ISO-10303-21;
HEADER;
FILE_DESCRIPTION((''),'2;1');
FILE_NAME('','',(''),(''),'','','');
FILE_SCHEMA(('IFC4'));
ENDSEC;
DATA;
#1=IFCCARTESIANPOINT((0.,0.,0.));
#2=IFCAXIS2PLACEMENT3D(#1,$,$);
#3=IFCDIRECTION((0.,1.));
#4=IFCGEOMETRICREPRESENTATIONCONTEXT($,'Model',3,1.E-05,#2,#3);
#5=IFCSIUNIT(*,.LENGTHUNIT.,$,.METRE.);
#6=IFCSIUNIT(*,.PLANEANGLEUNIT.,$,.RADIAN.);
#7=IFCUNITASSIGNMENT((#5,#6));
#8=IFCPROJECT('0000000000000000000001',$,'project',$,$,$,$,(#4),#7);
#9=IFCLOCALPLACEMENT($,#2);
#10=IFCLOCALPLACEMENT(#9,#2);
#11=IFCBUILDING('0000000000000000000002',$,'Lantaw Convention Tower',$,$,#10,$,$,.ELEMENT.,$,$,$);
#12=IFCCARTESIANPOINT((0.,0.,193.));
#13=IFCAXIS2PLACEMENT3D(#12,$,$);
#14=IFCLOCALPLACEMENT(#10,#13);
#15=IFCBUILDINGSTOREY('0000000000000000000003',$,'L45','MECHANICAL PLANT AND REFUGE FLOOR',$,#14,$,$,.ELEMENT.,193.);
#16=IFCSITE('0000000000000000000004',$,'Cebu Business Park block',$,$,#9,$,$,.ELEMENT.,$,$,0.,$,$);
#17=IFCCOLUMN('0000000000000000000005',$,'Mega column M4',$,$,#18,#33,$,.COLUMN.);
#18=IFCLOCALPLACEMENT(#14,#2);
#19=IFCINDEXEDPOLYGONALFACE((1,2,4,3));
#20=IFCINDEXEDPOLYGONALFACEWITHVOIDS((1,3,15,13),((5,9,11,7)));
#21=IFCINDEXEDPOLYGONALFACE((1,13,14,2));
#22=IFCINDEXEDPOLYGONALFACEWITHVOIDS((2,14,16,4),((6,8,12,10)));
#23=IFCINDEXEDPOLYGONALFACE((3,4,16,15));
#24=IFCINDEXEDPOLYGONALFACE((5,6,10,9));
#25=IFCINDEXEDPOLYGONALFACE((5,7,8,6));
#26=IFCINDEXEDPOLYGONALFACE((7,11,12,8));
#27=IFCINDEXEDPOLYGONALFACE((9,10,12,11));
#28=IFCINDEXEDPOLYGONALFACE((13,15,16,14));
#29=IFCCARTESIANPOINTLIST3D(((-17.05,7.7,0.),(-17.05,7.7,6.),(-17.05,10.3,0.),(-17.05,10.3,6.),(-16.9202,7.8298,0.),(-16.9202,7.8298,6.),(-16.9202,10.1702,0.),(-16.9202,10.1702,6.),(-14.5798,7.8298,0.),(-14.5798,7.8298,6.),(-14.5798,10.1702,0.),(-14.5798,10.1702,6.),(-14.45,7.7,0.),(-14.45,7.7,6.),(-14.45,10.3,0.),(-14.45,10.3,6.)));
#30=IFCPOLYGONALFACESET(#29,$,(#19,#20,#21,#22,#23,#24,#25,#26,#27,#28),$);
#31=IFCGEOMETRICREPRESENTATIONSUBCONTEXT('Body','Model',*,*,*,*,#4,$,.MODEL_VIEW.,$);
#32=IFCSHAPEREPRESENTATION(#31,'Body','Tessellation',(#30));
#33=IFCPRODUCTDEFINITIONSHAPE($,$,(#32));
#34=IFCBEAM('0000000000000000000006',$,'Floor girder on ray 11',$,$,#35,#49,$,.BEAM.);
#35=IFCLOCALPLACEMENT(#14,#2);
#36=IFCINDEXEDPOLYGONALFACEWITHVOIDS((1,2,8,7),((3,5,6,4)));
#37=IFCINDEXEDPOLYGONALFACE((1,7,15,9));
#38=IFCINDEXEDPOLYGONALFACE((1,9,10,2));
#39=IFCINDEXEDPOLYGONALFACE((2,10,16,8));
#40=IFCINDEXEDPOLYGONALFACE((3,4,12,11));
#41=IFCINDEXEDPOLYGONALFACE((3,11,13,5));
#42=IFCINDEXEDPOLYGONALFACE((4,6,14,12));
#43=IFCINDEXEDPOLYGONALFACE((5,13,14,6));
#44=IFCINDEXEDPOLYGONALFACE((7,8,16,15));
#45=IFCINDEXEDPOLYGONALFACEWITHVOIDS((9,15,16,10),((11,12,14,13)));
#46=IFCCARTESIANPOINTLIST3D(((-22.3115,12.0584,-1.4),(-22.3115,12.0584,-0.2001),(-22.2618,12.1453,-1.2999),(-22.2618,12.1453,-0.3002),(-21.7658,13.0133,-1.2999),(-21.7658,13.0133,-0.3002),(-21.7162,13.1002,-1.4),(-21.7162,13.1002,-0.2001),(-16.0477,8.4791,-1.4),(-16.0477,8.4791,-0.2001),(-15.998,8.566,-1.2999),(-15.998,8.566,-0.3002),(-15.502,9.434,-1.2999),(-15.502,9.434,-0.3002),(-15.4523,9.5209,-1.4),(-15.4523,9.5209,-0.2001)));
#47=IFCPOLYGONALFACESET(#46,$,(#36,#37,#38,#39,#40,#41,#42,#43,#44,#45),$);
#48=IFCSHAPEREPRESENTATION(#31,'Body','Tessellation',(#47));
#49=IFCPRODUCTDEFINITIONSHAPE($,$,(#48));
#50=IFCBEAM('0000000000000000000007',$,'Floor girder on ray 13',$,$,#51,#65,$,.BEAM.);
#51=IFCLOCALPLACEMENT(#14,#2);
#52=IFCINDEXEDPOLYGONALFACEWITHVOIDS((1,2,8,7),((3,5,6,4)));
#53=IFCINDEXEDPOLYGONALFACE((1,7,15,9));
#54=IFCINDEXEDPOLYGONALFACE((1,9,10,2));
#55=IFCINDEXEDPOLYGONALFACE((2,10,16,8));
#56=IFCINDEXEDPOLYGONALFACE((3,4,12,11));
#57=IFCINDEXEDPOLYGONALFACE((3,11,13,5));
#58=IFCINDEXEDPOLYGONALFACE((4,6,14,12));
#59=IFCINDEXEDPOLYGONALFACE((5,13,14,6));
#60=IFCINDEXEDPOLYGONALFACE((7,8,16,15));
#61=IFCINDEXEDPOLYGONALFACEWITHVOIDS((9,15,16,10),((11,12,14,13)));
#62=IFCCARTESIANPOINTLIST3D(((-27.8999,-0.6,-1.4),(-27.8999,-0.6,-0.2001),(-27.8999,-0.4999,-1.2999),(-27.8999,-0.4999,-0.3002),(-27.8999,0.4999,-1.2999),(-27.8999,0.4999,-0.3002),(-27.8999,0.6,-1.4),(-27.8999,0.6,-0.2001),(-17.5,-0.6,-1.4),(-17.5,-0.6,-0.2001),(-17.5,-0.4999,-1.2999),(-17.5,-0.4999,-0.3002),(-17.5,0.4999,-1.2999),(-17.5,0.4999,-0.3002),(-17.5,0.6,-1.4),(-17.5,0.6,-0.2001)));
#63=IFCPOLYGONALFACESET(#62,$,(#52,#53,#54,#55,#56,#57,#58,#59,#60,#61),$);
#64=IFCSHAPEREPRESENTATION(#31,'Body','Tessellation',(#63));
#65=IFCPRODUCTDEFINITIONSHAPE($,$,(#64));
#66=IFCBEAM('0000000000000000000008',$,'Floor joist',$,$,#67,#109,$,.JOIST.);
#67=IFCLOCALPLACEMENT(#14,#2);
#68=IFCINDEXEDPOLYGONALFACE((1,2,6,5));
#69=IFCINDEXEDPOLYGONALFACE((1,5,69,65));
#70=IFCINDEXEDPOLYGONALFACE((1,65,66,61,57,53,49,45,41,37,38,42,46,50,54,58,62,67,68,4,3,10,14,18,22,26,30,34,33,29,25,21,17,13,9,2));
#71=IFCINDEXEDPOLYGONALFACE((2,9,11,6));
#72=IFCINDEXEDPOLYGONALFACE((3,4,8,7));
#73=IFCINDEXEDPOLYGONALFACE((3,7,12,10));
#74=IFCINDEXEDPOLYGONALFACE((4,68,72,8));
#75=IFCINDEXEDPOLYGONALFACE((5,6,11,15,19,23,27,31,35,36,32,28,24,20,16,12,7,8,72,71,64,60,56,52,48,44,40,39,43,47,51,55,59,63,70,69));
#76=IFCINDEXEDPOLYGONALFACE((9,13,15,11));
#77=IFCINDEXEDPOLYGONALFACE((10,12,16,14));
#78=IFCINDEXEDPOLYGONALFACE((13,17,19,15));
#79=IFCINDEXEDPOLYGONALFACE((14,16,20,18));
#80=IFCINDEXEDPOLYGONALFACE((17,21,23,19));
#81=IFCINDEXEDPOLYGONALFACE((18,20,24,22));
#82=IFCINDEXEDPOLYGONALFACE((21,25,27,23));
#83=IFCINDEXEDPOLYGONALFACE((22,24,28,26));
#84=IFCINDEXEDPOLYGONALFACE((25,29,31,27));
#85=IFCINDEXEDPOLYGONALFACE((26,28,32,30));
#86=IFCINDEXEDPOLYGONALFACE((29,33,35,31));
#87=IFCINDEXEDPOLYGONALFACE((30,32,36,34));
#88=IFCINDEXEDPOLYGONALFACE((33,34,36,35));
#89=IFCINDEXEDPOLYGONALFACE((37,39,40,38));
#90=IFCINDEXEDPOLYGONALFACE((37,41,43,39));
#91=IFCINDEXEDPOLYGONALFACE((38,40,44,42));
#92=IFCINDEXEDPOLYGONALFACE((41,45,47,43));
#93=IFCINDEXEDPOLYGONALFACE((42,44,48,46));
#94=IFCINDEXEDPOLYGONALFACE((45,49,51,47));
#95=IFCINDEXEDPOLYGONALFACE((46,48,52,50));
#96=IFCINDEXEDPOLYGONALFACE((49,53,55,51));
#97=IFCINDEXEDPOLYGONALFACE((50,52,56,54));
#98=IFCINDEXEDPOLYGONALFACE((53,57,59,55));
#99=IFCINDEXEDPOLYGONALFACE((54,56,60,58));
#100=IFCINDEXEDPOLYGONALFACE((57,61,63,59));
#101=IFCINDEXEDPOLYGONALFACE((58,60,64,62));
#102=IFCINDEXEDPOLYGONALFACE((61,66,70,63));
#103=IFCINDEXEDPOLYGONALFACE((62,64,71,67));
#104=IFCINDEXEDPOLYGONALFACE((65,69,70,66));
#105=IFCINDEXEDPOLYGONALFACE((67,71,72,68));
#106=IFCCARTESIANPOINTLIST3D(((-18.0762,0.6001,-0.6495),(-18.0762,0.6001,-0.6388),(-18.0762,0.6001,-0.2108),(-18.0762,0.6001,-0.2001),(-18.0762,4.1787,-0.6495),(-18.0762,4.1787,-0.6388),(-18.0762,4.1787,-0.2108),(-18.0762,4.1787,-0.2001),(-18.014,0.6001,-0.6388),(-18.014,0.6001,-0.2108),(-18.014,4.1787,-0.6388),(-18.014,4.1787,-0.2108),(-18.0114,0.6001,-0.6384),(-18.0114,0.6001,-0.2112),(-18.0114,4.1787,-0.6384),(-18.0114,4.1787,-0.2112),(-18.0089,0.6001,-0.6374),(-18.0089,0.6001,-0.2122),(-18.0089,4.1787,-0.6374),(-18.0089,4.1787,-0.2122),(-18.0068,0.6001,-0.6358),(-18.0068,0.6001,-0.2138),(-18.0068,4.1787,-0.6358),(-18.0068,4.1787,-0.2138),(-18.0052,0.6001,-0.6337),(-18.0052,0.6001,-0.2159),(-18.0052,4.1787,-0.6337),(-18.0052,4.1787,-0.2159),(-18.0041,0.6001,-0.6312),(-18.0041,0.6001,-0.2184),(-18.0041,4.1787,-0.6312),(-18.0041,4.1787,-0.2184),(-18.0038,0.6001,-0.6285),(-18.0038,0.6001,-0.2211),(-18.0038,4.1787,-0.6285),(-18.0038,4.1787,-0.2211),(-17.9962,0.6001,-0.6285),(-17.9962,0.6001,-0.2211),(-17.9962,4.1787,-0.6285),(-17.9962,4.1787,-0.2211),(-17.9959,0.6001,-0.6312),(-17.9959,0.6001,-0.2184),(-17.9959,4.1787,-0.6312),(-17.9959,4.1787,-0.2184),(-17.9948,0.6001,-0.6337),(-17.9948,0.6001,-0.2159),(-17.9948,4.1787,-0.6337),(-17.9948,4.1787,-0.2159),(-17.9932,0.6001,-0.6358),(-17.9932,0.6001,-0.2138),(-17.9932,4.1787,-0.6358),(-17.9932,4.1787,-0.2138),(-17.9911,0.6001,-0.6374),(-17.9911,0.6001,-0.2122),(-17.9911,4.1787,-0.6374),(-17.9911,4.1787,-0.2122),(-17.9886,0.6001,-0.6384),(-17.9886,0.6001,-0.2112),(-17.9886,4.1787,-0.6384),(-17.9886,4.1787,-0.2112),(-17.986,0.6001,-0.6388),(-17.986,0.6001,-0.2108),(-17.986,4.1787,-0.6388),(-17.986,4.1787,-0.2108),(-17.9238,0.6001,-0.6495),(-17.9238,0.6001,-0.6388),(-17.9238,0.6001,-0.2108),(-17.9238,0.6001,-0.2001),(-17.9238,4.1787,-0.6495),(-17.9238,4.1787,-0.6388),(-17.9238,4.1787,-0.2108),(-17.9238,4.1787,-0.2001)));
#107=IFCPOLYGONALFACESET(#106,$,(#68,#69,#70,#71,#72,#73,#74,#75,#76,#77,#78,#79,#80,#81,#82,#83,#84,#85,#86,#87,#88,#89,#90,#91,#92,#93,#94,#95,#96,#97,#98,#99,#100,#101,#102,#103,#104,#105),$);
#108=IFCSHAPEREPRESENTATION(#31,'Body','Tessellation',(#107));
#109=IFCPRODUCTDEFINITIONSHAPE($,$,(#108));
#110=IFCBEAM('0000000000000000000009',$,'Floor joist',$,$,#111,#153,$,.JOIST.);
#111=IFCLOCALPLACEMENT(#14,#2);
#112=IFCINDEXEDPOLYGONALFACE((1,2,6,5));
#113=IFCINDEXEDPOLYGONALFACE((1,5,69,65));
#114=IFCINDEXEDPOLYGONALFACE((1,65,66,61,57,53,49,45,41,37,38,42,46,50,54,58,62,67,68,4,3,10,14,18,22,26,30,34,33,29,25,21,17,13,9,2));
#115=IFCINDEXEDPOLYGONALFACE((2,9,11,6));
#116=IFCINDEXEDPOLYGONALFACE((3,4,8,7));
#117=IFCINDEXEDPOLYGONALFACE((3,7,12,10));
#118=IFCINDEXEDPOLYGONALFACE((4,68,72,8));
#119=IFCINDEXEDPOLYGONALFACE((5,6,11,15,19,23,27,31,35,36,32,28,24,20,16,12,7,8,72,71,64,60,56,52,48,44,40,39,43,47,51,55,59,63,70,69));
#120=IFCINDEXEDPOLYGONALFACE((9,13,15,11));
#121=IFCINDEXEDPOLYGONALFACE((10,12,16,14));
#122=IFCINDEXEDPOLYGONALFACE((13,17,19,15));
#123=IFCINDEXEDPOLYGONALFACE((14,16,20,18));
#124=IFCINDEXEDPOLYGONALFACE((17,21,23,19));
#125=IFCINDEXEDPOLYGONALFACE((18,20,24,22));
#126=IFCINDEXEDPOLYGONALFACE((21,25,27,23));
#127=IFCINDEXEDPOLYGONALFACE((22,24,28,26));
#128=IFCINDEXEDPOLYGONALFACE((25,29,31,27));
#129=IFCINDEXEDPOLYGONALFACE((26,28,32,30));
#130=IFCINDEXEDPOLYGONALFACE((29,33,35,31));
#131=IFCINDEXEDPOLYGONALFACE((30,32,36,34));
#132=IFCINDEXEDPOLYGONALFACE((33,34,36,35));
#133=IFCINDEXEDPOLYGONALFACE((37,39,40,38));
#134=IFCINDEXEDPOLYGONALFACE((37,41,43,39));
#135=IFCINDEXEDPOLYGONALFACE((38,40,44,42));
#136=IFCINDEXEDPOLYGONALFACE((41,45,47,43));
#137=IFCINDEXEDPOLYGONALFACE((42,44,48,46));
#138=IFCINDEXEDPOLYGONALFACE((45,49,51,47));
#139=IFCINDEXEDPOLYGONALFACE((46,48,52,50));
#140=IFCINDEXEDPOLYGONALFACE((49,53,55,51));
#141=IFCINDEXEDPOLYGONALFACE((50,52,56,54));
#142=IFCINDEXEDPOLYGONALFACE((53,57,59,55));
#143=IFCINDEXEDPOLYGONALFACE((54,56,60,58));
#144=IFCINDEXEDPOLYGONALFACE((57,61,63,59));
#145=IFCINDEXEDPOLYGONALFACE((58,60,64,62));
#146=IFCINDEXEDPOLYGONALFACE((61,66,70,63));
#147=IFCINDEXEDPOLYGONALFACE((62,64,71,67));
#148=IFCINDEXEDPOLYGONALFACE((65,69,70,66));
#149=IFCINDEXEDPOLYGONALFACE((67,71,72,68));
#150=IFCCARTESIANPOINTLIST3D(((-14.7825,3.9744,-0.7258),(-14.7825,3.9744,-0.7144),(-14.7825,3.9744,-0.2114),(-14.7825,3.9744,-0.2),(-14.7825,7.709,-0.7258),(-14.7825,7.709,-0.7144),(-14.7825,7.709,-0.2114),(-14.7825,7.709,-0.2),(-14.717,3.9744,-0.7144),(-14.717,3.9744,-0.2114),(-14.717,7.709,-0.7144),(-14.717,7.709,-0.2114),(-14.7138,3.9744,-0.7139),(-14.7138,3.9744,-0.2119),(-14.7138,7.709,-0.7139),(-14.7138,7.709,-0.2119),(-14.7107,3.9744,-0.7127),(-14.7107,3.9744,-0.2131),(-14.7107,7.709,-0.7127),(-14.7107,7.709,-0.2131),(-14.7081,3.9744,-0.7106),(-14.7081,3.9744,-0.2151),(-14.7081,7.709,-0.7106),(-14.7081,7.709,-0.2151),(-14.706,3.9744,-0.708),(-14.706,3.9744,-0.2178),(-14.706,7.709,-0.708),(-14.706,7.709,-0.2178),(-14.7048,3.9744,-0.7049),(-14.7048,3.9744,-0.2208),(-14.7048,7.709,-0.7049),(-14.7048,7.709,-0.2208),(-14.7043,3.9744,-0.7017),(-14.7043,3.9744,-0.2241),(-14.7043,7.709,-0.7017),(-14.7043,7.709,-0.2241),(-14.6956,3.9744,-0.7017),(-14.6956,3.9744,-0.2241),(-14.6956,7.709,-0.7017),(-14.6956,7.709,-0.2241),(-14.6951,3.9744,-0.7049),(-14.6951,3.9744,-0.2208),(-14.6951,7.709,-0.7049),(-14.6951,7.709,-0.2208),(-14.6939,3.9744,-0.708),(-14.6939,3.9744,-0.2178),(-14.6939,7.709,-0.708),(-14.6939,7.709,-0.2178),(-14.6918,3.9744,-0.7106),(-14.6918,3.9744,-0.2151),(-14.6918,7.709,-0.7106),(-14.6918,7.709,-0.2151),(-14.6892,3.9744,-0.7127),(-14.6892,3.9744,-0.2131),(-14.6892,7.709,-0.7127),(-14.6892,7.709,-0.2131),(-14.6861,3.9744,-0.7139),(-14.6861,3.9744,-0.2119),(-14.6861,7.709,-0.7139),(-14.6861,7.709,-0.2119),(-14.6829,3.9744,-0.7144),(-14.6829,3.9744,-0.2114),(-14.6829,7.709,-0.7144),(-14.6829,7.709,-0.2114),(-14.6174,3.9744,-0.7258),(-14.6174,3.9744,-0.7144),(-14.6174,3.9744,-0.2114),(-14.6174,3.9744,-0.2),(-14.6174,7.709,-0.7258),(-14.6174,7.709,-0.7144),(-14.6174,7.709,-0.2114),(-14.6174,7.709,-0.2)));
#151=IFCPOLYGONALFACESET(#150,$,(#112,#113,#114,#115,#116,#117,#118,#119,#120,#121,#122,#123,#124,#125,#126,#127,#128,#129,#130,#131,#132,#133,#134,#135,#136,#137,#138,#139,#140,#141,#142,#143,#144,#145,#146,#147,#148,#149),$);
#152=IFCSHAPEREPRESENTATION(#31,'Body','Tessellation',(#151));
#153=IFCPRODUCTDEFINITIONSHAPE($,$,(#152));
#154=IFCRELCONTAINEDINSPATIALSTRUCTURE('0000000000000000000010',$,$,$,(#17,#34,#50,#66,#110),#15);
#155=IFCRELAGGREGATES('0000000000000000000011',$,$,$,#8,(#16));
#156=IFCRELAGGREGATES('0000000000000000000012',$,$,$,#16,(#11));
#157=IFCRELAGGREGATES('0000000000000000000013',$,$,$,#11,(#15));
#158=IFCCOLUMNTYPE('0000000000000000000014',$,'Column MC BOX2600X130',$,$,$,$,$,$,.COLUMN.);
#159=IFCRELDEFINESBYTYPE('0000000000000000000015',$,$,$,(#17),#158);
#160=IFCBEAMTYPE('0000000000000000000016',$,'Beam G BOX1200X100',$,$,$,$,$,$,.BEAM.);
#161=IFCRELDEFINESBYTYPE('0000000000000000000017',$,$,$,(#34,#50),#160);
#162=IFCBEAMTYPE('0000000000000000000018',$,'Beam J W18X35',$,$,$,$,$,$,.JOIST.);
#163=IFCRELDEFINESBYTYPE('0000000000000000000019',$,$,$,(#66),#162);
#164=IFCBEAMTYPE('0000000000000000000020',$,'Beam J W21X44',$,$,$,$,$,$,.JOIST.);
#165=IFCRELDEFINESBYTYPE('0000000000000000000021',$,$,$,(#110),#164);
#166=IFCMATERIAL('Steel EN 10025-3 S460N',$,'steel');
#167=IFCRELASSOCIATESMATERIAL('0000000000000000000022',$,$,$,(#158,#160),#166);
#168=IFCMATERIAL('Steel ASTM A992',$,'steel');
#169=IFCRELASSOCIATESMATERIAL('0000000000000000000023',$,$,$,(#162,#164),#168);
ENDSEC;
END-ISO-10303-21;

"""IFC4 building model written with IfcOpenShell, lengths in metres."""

from ifc_helpers import new_model, si_unit, direction, frame, origin, origin_2d, place, context, subcontext, project, spatial, rectangle, hollow_rectangle, i_section, extrude, material, material_profile, profile_set, type_object, element, save


model = new_model("IFC4")

# Units and contexts
model_context = context("Model", 3, precision=1e-05, world=origin(), true_north=direction((0.0, 1.0)))
body_context = subcontext(model_context, "Body", "Model", "MODEL_VIEW")
ifc_project = project(units=[si_unit("LENGTHUNIT", "METRE"), si_unit("PLANEANGLEUNIT", "RADIAN")], contexts=[model_context])

# Site, building, storey
site_placement = place(None, origin())
site = spatial("IfcSite", under=ifc_project, at=site_placement, Name="Cebu Business Park block", CompositionType="ELEMENT", RefElevation=0.0)
building_placement = place(site_placement, origin())
building = spatial("IfcBuilding", under=site, at=building_placement, Name="Lantaw Convention Tower", CompositionType="ELEMENT")
storey_placement = place(building_placement, frame((0.0, 0.0, 193.0)))
storey = spatial("IfcBuildingStorey", under=building, at=storey_placement, Name="L45", Description="MECHANICAL PLANT AND REFUGE FLOOR", CompositionType="ELEMENT", Elevation=193.0)

# Column
ifc_material_1 = material(Name="Steel EN 10025-3 S460N", Category="steel")
ifc_material_profile_1 = material_profile(ifc_material_1, hollow_rectangle(XDim=2.6001, YDim=2.6001, WallThickness=0.1299, at=origin_2d()), Name="BOX2600X130")
ifc_material_2 = material(Name="Concrete C60/75", Category="concrete")
ifc_material_profile_2 = material_profile(ifc_material_2, rectangle(XDim=2.3401, YDim=2.3401, at=origin_2d()), Name="Concrete fill of BOX2600X130")
ifc_profile_set_1 = profile_set([ifc_material_profile_1, ifc_material_profile_2], Name="Steel EN 10025-3 S460N")
column_type = type_object("IfcColumnType", Name="Column MC BOX2600X130", PredefinedType="COLUMN", material=ifc_profile_set_1)
column_placement = place(storey_placement, frame((-15.75, 9.0, 0.0), z_axis=(0.0, 0.0, 1.0), x_axis=(1.0, 0.0, 0.0)))
element("IfcColumn", 1, at=column_placement, inside=storey, type_object=column_type, Name="Mega column M4", PredefinedType="COLUMN", context=body_context, shape_type="SweptSolid", body=[
    extrude(hollow_rectangle(XDim=2.6001, YDim=2.6001, WallThickness=0.1299, at=origin_2d()), origin(), (0.0, 0.0, 1.0), 6.0),
])

# Beams
ifc_material_profile_3 = material_profile(ifc_material_1, hollow_rectangle(XDim=1.2, YDim=1.2, WallThickness=0.1001, at=origin_2d()), Name="BOX1200X100")
ifc_profile_set_2 = profile_set([ifc_material_profile_3], Name="Steel EN 10025-3 S460N")
beam_type_1 = type_object("IfcBeamType", Name="Beam G BOX1200X100", PredefinedType="BEAM", material=ifc_profile_set_2)
beam_1_placement = place(storey_placement, frame((-15.75, 9.0, -0.8), z_axis=(-0.868245, 0.496135, 0.0), x_axis=(-0.496135, -0.868245, 0.0)))
element("IfcBeam", 2, at=beam_1_placement, inside=storey, type_object=beam_type_1, Name="Floor girder on ray 11", PredefinedType="BEAM", context=body_context, shape_type="SweptSolid", body=[
    extrude(hollow_rectangle(XDim=1.2, YDim=1.2, WallThickness=0.1001, at=origin_2d()), origin(), (0.0, 0.0, 1.0), 7.2144),
])
beam_2_placement = place(storey_placement, frame((-17.5, 0.0, -0.8), z_axis=(-1.0, 0.0, 0.0), x_axis=(0.0, -1.0, 0.0)))
element("IfcBeam", 3, at=beam_2_placement, inside=storey, type_object=beam_type_1, Name="Floor girder on ray 13", PredefinedType="BEAM", context=body_context, shape_type="SweptSolid", body=[
    extrude(hollow_rectangle(XDim=1.2, YDim=1.2, WallThickness=0.1001, at=origin_2d()), origin(), (0.0, 0.0, 1.0), 10.3999),
])
ifc_material_3 = material(Name="Steel ASTM A992", Category="steel")
ifc_material_profile_4 = material_profile(ifc_material_3, i_section(OverallWidth=0.1523, OverallDepth=0.4495, WebThickness=0.0076, FlangeThickness=0.0107, FilletRadius=0.0103, at=origin_2d()), Name="W18X35")
ifc_profile_set_3 = profile_set([ifc_material_profile_4], Name="Steel ASTM A992")
beam_type_2 = type_object("IfcBeamType", Name="Beam J W18X35", PredefinedType="JOIST", material=ifc_profile_set_3)
beam_3_placement = place(storey_placement, frame((-18.0, 0.6001, -0.4248), z_axis=(0.0, 1.0, 0.0), x_axis=(-1.0, 0.0, 0.0)))
element("IfcBeam", 4, at=beam_3_placement, inside=storey, type_object=beam_type_2, Name="Floor joist", PredefinedType="JOIST", context=body_context, shape_type="SweptSolid", body=[
    extrude(i_section(OverallWidth=0.1523, OverallDepth=0.4495, WebThickness=0.0076, FlangeThickness=0.0107, FilletRadius=0.0103, at=origin_2d()), origin(), (0.0, 0.0, 1.0), 3.5786),
])
ifc_material_profile_5 = material_profile(ifc_material_3, i_section(OverallWidth=0.165, OverallDepth=0.5259, WebThickness=0.0088, FlangeThickness=0.0115, FilletRadius=0.0127, at=origin_2d()), Name="W21X44")
ifc_profile_set_4 = profile_set([ifc_material_profile_5], Name="Steel ASTM A992")
beam_type_3 = type_object("IfcBeamType", Name="Beam J W21X44", PredefinedType="JOIST", material=ifc_profile_set_4)
beam_4_placement = place(storey_placement, frame((-14.7, 3.9744, -0.4629), z_axis=(0.0, 1.0, 0.0), x_axis=(-1.0, 0.0, 0.0)))
element("IfcBeam", 5, at=beam_4_placement, inside=storey, type_object=beam_type_3, Name="Floor joist", PredefinedType="JOIST", context=body_context, shape_type="SweptSolid", body=[
    extrude(i_section(OverallWidth=0.165, OverallDepth=0.5259, WebThickness=0.0088, FlangeThickness=0.0115, FilletRadius=0.0127, at=origin_2d()), origin(), (0.0, 0.0, 1.0), 3.7346),
])

save(model, "model.ifc")
